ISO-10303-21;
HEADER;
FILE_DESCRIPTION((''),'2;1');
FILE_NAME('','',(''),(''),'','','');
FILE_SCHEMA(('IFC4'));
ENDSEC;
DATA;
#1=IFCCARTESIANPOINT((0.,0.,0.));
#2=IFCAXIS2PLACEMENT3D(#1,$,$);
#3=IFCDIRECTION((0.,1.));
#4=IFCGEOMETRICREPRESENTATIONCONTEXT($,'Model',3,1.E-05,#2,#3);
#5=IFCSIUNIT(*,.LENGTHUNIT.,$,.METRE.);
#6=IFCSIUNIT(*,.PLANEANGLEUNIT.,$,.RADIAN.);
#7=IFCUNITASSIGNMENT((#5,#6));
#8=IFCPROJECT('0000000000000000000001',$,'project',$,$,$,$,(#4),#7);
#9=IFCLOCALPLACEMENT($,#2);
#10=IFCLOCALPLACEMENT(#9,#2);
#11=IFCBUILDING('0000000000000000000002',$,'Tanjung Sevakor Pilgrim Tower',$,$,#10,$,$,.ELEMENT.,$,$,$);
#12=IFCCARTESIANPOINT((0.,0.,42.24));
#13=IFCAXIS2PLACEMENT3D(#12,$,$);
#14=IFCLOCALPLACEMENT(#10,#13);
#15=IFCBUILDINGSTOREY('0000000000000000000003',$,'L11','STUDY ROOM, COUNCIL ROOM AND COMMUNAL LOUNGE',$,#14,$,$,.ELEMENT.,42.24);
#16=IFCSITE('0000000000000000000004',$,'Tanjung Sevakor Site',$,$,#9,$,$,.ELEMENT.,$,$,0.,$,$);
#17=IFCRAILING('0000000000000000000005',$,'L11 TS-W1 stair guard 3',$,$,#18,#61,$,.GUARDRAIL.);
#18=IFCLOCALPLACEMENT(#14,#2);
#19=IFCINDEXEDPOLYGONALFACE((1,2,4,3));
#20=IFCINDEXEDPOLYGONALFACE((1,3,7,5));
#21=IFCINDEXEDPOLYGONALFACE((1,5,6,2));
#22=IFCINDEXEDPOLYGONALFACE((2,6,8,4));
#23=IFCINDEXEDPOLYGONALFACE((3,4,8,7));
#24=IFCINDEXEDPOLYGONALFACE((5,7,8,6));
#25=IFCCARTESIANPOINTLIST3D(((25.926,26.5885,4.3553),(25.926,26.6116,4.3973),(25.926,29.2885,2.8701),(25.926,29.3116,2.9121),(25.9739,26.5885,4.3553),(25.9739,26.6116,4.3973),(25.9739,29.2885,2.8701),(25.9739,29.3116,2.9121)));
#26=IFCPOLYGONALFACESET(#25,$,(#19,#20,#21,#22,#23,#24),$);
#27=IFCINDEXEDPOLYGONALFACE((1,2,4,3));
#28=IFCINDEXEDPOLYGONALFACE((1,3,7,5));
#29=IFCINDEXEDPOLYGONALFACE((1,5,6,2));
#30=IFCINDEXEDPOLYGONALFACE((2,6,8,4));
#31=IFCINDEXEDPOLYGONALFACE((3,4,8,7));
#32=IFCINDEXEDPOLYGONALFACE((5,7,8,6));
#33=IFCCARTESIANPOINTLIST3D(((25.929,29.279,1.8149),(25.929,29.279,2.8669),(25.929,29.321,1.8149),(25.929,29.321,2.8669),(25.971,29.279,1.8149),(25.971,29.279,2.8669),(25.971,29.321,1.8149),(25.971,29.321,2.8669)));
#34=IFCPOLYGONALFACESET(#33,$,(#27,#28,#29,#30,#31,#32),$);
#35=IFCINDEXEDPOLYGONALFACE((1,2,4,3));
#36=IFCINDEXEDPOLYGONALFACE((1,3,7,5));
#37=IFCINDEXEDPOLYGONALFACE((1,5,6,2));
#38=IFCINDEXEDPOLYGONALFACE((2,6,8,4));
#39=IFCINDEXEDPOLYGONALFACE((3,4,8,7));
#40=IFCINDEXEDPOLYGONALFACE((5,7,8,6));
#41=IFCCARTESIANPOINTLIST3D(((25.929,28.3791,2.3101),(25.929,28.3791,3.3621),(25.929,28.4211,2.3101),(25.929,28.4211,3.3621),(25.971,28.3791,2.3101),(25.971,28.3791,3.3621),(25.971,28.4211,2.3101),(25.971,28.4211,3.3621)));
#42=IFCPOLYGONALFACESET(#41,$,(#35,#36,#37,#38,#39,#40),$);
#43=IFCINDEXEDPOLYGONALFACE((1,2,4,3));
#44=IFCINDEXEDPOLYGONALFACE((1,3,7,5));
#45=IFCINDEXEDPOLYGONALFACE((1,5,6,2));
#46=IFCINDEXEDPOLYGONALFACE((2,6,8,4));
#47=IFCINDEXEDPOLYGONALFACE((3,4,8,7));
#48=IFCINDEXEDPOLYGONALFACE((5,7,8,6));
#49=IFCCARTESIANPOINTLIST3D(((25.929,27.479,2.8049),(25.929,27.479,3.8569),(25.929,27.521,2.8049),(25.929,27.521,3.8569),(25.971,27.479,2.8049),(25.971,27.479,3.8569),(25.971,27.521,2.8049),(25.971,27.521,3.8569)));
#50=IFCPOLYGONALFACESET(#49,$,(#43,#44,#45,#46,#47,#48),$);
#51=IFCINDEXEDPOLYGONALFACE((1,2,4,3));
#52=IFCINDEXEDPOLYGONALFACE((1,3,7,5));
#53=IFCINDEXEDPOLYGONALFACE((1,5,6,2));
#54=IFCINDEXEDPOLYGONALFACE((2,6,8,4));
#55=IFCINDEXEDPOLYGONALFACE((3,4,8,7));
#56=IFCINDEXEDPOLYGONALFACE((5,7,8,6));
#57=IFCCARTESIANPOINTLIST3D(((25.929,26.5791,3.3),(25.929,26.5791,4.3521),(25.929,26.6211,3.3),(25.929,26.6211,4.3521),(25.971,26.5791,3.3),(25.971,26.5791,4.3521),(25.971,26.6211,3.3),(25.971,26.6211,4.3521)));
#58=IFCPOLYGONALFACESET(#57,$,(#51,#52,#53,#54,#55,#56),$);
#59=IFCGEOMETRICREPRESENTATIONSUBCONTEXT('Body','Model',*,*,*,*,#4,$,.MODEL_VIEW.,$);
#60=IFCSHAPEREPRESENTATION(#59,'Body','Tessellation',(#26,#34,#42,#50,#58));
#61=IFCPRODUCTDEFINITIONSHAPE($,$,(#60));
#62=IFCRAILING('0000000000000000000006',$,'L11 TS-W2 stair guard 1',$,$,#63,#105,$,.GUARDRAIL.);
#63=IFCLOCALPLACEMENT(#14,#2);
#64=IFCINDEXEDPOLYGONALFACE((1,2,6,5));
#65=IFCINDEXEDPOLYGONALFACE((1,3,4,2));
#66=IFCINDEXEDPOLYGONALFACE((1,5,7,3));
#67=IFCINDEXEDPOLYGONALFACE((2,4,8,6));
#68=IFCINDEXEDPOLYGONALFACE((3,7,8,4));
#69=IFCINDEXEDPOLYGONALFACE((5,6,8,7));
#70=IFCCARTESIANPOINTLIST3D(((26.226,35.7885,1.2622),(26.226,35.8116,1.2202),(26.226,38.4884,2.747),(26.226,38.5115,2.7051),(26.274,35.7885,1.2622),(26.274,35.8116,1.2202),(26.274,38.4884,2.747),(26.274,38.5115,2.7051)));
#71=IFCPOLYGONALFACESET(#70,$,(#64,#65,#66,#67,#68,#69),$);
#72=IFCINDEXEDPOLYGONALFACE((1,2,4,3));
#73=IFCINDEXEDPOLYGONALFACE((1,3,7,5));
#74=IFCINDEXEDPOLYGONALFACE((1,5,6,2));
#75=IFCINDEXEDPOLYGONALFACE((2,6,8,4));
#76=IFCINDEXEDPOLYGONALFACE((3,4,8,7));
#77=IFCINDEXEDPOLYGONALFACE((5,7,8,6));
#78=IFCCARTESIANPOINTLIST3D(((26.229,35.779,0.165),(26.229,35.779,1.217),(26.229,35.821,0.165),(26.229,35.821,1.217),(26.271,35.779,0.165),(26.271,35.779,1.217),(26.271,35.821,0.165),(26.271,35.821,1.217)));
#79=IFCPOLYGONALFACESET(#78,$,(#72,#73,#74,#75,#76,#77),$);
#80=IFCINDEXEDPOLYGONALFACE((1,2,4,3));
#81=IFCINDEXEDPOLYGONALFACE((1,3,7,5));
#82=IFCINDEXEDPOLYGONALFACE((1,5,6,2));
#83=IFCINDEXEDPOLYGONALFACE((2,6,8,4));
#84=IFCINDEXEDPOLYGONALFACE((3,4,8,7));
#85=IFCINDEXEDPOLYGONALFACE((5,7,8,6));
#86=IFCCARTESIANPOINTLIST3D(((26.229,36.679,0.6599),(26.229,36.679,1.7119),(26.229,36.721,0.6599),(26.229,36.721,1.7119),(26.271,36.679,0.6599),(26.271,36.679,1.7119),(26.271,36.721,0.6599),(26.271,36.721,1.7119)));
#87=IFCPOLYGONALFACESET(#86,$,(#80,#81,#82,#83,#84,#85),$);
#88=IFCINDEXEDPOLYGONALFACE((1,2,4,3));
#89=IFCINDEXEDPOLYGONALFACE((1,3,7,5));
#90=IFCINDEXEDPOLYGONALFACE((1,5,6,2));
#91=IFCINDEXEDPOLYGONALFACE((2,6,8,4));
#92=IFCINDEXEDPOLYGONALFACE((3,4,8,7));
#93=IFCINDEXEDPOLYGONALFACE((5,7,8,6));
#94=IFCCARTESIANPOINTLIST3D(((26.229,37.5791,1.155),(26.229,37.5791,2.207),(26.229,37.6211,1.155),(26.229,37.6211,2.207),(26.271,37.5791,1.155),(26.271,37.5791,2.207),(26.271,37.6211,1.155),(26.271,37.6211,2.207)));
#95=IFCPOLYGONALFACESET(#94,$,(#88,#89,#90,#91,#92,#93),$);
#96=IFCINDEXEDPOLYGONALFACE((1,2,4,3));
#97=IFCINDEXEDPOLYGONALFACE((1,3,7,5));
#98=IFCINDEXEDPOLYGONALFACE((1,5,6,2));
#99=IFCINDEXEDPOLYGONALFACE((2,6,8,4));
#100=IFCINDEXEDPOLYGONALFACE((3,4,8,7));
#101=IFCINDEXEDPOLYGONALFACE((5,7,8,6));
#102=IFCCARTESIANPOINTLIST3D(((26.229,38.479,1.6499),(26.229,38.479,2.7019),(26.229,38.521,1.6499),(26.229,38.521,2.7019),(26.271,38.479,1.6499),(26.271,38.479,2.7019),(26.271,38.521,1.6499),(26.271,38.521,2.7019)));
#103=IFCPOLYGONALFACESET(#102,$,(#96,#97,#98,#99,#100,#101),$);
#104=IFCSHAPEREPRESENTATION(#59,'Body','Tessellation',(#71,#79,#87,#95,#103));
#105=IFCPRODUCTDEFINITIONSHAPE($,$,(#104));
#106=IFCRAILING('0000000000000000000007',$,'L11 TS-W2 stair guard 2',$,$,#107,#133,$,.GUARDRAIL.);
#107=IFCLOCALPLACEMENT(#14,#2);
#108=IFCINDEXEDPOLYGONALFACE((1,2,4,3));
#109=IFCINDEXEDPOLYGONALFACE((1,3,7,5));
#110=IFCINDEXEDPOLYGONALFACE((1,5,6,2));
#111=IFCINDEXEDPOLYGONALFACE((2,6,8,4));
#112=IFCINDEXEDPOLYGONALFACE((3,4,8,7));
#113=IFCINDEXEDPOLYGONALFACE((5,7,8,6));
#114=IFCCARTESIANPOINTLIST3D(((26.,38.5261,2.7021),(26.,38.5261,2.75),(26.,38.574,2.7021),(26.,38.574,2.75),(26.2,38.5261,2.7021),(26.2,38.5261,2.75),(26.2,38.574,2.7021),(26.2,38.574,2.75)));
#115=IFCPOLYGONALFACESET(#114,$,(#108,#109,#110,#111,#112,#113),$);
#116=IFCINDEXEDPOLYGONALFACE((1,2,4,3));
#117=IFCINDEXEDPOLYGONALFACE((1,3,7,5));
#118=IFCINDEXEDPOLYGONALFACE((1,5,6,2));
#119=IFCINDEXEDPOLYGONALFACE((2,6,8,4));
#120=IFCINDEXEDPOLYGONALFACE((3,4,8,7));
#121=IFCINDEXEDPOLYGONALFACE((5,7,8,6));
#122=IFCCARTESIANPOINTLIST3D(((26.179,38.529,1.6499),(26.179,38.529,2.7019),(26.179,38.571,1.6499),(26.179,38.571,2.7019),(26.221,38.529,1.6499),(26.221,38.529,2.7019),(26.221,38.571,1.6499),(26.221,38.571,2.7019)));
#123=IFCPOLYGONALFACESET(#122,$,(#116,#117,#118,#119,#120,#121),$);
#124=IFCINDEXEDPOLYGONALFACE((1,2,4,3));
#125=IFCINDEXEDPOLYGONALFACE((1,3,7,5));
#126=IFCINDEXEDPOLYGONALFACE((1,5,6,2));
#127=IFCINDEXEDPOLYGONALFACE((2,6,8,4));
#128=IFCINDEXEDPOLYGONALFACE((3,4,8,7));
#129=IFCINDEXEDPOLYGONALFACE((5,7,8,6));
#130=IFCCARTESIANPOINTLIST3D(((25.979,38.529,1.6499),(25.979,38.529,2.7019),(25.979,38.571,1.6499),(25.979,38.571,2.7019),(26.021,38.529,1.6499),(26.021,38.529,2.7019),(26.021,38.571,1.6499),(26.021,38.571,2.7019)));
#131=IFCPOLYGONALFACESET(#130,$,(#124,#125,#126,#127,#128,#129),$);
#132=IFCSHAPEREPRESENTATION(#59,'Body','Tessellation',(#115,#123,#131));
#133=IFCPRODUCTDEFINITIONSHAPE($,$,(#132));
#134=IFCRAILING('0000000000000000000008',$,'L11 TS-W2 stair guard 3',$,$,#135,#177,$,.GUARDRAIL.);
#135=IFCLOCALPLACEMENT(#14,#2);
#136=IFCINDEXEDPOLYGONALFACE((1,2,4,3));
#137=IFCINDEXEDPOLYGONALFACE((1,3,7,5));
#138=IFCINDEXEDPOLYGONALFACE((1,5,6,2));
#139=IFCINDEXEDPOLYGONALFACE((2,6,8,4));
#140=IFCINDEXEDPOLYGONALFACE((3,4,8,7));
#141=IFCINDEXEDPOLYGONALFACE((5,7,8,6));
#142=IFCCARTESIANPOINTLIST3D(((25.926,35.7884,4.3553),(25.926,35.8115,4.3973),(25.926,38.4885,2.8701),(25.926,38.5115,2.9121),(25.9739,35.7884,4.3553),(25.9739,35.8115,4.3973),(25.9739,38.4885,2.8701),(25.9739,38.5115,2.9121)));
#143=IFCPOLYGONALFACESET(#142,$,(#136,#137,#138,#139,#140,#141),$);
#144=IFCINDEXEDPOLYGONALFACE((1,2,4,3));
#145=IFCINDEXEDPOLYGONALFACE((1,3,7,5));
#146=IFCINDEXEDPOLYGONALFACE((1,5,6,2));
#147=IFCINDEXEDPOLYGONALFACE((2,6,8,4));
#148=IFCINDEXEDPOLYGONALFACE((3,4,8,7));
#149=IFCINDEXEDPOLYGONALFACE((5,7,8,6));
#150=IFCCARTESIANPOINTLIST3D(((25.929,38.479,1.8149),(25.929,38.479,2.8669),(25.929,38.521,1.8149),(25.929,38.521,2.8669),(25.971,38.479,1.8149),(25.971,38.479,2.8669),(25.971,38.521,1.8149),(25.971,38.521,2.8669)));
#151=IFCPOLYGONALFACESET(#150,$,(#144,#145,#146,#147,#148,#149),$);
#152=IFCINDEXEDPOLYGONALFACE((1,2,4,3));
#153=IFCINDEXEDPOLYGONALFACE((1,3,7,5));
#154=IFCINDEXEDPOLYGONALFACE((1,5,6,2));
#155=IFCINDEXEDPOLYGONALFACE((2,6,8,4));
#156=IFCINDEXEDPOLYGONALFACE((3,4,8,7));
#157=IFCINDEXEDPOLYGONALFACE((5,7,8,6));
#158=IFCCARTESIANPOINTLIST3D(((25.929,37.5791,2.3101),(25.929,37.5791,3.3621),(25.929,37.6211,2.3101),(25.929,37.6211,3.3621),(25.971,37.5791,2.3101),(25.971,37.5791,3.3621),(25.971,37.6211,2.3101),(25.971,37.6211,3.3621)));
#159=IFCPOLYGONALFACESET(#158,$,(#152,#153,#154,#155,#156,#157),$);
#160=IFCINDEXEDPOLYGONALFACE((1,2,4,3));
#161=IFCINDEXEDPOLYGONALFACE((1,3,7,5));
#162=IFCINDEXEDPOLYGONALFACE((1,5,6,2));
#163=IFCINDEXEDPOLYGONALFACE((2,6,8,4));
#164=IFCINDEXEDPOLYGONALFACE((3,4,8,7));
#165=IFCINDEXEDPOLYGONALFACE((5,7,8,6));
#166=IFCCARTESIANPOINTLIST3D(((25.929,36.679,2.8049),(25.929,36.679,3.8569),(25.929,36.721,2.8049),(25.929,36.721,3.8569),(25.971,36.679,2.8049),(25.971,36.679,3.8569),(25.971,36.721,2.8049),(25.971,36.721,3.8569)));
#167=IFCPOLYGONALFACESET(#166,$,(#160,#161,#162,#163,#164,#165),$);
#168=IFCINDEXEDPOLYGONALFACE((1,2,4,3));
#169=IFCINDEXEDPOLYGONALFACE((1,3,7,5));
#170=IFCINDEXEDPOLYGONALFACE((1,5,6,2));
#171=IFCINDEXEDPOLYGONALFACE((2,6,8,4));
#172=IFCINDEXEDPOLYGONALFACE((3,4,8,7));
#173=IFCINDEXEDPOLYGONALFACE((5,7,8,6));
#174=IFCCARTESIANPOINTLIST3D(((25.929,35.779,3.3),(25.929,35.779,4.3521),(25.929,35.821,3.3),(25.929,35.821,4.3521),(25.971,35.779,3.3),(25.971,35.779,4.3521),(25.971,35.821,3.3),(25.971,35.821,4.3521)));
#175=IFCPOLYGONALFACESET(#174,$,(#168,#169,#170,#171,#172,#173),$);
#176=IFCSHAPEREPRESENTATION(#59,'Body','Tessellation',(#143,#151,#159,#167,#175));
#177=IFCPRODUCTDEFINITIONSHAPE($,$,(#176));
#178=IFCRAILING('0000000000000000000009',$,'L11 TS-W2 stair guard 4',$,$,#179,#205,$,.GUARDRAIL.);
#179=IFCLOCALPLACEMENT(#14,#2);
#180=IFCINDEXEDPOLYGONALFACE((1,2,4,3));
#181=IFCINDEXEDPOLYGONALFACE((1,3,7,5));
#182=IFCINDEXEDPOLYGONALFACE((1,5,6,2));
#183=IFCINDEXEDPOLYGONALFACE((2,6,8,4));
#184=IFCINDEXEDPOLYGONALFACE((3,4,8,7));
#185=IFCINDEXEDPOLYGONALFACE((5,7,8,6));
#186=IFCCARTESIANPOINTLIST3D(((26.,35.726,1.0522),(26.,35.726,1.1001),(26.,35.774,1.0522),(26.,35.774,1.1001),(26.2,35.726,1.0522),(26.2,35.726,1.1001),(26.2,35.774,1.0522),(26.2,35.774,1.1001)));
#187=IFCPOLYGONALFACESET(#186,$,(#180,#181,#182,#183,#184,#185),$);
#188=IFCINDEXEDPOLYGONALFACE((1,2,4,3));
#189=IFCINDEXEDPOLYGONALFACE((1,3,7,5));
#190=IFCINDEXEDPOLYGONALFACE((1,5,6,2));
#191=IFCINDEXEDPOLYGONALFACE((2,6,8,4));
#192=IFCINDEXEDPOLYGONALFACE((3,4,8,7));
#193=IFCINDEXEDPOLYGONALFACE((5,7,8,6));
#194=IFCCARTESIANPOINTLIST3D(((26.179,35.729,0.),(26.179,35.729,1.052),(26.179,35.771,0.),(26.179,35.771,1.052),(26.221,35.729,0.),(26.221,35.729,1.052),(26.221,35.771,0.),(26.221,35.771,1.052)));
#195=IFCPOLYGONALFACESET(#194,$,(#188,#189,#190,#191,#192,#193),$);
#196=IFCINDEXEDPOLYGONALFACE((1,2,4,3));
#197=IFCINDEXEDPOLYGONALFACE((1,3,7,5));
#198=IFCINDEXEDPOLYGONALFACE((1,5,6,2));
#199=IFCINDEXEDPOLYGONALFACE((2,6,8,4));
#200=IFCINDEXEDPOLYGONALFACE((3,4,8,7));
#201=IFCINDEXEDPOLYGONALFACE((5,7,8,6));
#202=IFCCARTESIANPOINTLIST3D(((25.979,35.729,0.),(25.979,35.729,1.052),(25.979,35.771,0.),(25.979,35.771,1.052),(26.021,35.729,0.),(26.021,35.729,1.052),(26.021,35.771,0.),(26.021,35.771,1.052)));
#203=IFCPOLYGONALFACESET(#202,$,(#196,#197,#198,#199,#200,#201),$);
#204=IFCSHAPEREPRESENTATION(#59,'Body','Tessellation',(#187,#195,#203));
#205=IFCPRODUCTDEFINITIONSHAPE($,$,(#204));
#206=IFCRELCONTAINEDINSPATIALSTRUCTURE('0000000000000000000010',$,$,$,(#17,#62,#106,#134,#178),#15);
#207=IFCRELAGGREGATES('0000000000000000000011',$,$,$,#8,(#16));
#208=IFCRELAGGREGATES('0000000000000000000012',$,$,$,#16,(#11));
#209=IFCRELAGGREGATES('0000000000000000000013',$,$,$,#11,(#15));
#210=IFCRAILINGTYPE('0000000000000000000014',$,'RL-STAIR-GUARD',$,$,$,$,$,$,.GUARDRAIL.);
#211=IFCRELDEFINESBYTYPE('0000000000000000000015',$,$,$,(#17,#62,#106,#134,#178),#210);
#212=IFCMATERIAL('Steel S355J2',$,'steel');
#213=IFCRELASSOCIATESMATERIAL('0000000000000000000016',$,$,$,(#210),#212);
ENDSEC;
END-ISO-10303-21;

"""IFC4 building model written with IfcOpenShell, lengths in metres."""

from ifc_helpers import new_model, si_unit, direction, frame, origin, place, context, subcontext, project, spatial, rectangle, extrude, material, type_object, element, save


model = new_model("IFC4")

# Units and contexts
model_context = context("Model", 3, precision=1e-05, world=origin(), true_north=direction((0.0, 1.0)))
body_context = subcontext(model_context, "Body", "Model", "MODEL_VIEW")
ifc_project = project(units=[si_unit("LENGTHUNIT", "METRE"), si_unit("PLANEANGLEUNIT", "RADIAN")], contexts=[model_context])

# Site, building, storey
site_placement = place(None, origin())
site = spatial("IfcSite", under=ifc_project, at=site_placement, Name="Tanjung Sevakor Site", CompositionType="ELEMENT", RefElevation=0.0)
building_placement = place(site_placement, origin())
building = spatial("IfcBuilding", under=site, at=building_placement, Name="Tanjung Sevakor Pilgrim Tower", CompositionType="ELEMENT")
storey_placement = place(building_placement, frame((0.0, 0.0, 42.24)))
storey = spatial("IfcBuildingStorey", under=building, at=storey_placement, Name="L11", Description="STUDY ROOM, COUNCIL ROOM AND COMMUNAL LOUNGE", CompositionType="ELEMENT", Elevation=42.24)

# Railings
ifc_material_1 = material(Name="Steel S355J2", Category="steel")
railing_type_1 = type_object("IfcRailingType", Name="RL-STAIR-GUARD", PredefinedType="GUARDRAIL", material=ifc_material_1)
railing_1_placement = place(storey_placement, frame((25.95, 29.3, 1.8149)))
element("IfcRailing", 1, at=railing_1_placement, inside=storey, type_object=railing_type_1, Name="L11 TS-W1 stair guard 3", PredefinedType="GUARDRAIL", context=body_context, shape_type="SweptSolid", body=[
    extrude(rectangle(XDim=0.0479, YDim=0.0479), frame((0.0, 0.0, 1.0762), z_axis=(0.0, -0.876198, 0.481952), x_axis=(1.0, 0.0, 0.0)), (0.0, 0.0, 1.0), 3.0815),
    extrude(rectangle(XDim=0.042, YDim=0.042), origin(), (0.0, 0.0, 1.0), 1.052),
    extrude(rectangle(XDim=0.042, YDim=0.042), frame((0.0, -0.8999, 0.4951)), (0.0, 0.0, 1.0), 1.052),
    extrude(rectangle(XDim=0.042, YDim=0.042), frame((0.0, -1.8, 0.99)), (0.0, 0.0, 1.0), 1.052),
    extrude(rectangle(XDim=0.042, YDim=0.042), frame((0.0, -2.7, 1.4851)), (0.0, 0.0, 1.0), 1.052),
])
railing_2_placement = place(storey_placement, frame((26.25, 35.8, 0.165)))
element("IfcRailing", 2, at=railing_2_placement, inside=storey, type_object=railing_type_1, Name="L11 TS-W2 stair guard 1", PredefinedType="GUARDRAIL", context=body_context, shape_type="SweptSolid", body=[
    extrude(rectangle(XDim=0.0479, YDim=0.0479), frame((0.0, 0.0, 1.0762), z_axis=(0.0, 0.876231, 0.481891), x_axis=(-1.0, 0.0, 0.0)), (0.0, 0.0, 1.0), 3.0813),
    extrude(rectangle(XDim=0.042, YDim=0.042), origin(), (0.0, 0.0, 1.0), 1.052),
    extrude(rectangle(XDim=0.042, YDim=0.042), frame((0.0, 0.8999, 0.4949)), (0.0, 0.0, 1.0), 1.052),
    extrude(rectangle(XDim=0.042, YDim=0.042), frame((0.0, 1.8, 0.99)), (0.0, 0.0, 1.0), 1.052),
    extrude(rectangle(XDim=0.042, YDim=0.042), frame((0.0, 2.7, 1.4849)), (0.0, 0.0, 1.0), 1.052),
])
railing_3_placement = place(storey_placement, frame((26.2, 38.55, 1.6499)))
element("IfcRailing", 3, at=railing_3_placement, inside=storey, type_object=railing_type_1, Name="L11 TS-W2 stair guard 2", PredefinedType="GUARDRAIL", context=body_context, shape_type="SweptSolid", body=[
    extrude(rectangle(XDim=0.0479, YDim=0.0479), frame((0.0, 0.0, 1.0762), z_axis=(-1.0, 0.0, 0.0), x_axis=(0.0, -1.0, 0.0)), (0.0, 0.0, 1.0), 0.2),
    extrude(rectangle(XDim=0.042, YDim=0.042), origin(), (0.0, 0.0, 1.0), 1.052),
    extrude(rectangle(XDim=0.042, YDim=0.042), frame((-0.2, 0.0, 0.0)), (0.0, 0.0, 1.0), 1.052),
])
railing_4_placement = place(storey_placement, frame((25.95, 38.5, 1.8149)))
element("IfcRailing", 4, at=railing_4_placement, inside=storey, type_object=railing_type_1, Name="L11 TS-W2 stair guard 3", PredefinedType="GUARDRAIL", context=body_context, shape_type="SweptSolid", body=[
    extrude(rectangle(XDim=0.0479, YDim=0.0479), frame((0.0, 0.0, 1.0762), z_axis=(0.0, -0.876198, 0.481952), x_axis=(1.0, 0.0, 0.0)), (0.0, 0.0, 1.0), 3.0815),
    extrude(rectangle(XDim=0.042, YDim=0.042), origin(), (0.0, 0.0, 1.0), 1.052),
    extrude(rectangle(XDim=0.042, YDim=0.042), frame((0.0, -0.8999, 0.4951)), (0.0, 0.0, 1.0), 1.052),
    extrude(rectangle(XDim=0.042, YDim=0.042), frame((0.0, -1.8, 0.99)), (0.0, 0.0, 1.0), 1.052),
    extrude(rectangle(XDim=0.042, YDim=0.042), frame((0.0, -2.7, 1.4851)), (0.0, 0.0, 1.0), 1.052),
])
railing_5_placement = place(storey_placement, frame((26.2, 35.75, 0.0)))
element("IfcRailing", 5, at=railing_5_placement, inside=storey, type_object=railing_type_1, Name="L11 TS-W2 stair guard 4", PredefinedType="GUARDRAIL", context=body_context, shape_type="SweptSolid", body=[
    extrude(rectangle(XDim=0.0479, YDim=0.0479), frame((0.0, 0.0, 1.0762), z_axis=(-1.0, 0.0, 0.0), x_axis=(0.0, -1.0, 0.0)), (0.0, 0.0, 1.0), 0.2),
    extrude(rectangle(XDim=0.042, YDim=0.042), origin(), (0.0, 0.0, 1.0), 1.052),
    extrude(rectangle(XDim=0.042, YDim=0.042), frame((-0.2, 0.0, 0.0)), (0.0, 0.0, 1.0), 1.052),
])

save(model, "model.ifc")
